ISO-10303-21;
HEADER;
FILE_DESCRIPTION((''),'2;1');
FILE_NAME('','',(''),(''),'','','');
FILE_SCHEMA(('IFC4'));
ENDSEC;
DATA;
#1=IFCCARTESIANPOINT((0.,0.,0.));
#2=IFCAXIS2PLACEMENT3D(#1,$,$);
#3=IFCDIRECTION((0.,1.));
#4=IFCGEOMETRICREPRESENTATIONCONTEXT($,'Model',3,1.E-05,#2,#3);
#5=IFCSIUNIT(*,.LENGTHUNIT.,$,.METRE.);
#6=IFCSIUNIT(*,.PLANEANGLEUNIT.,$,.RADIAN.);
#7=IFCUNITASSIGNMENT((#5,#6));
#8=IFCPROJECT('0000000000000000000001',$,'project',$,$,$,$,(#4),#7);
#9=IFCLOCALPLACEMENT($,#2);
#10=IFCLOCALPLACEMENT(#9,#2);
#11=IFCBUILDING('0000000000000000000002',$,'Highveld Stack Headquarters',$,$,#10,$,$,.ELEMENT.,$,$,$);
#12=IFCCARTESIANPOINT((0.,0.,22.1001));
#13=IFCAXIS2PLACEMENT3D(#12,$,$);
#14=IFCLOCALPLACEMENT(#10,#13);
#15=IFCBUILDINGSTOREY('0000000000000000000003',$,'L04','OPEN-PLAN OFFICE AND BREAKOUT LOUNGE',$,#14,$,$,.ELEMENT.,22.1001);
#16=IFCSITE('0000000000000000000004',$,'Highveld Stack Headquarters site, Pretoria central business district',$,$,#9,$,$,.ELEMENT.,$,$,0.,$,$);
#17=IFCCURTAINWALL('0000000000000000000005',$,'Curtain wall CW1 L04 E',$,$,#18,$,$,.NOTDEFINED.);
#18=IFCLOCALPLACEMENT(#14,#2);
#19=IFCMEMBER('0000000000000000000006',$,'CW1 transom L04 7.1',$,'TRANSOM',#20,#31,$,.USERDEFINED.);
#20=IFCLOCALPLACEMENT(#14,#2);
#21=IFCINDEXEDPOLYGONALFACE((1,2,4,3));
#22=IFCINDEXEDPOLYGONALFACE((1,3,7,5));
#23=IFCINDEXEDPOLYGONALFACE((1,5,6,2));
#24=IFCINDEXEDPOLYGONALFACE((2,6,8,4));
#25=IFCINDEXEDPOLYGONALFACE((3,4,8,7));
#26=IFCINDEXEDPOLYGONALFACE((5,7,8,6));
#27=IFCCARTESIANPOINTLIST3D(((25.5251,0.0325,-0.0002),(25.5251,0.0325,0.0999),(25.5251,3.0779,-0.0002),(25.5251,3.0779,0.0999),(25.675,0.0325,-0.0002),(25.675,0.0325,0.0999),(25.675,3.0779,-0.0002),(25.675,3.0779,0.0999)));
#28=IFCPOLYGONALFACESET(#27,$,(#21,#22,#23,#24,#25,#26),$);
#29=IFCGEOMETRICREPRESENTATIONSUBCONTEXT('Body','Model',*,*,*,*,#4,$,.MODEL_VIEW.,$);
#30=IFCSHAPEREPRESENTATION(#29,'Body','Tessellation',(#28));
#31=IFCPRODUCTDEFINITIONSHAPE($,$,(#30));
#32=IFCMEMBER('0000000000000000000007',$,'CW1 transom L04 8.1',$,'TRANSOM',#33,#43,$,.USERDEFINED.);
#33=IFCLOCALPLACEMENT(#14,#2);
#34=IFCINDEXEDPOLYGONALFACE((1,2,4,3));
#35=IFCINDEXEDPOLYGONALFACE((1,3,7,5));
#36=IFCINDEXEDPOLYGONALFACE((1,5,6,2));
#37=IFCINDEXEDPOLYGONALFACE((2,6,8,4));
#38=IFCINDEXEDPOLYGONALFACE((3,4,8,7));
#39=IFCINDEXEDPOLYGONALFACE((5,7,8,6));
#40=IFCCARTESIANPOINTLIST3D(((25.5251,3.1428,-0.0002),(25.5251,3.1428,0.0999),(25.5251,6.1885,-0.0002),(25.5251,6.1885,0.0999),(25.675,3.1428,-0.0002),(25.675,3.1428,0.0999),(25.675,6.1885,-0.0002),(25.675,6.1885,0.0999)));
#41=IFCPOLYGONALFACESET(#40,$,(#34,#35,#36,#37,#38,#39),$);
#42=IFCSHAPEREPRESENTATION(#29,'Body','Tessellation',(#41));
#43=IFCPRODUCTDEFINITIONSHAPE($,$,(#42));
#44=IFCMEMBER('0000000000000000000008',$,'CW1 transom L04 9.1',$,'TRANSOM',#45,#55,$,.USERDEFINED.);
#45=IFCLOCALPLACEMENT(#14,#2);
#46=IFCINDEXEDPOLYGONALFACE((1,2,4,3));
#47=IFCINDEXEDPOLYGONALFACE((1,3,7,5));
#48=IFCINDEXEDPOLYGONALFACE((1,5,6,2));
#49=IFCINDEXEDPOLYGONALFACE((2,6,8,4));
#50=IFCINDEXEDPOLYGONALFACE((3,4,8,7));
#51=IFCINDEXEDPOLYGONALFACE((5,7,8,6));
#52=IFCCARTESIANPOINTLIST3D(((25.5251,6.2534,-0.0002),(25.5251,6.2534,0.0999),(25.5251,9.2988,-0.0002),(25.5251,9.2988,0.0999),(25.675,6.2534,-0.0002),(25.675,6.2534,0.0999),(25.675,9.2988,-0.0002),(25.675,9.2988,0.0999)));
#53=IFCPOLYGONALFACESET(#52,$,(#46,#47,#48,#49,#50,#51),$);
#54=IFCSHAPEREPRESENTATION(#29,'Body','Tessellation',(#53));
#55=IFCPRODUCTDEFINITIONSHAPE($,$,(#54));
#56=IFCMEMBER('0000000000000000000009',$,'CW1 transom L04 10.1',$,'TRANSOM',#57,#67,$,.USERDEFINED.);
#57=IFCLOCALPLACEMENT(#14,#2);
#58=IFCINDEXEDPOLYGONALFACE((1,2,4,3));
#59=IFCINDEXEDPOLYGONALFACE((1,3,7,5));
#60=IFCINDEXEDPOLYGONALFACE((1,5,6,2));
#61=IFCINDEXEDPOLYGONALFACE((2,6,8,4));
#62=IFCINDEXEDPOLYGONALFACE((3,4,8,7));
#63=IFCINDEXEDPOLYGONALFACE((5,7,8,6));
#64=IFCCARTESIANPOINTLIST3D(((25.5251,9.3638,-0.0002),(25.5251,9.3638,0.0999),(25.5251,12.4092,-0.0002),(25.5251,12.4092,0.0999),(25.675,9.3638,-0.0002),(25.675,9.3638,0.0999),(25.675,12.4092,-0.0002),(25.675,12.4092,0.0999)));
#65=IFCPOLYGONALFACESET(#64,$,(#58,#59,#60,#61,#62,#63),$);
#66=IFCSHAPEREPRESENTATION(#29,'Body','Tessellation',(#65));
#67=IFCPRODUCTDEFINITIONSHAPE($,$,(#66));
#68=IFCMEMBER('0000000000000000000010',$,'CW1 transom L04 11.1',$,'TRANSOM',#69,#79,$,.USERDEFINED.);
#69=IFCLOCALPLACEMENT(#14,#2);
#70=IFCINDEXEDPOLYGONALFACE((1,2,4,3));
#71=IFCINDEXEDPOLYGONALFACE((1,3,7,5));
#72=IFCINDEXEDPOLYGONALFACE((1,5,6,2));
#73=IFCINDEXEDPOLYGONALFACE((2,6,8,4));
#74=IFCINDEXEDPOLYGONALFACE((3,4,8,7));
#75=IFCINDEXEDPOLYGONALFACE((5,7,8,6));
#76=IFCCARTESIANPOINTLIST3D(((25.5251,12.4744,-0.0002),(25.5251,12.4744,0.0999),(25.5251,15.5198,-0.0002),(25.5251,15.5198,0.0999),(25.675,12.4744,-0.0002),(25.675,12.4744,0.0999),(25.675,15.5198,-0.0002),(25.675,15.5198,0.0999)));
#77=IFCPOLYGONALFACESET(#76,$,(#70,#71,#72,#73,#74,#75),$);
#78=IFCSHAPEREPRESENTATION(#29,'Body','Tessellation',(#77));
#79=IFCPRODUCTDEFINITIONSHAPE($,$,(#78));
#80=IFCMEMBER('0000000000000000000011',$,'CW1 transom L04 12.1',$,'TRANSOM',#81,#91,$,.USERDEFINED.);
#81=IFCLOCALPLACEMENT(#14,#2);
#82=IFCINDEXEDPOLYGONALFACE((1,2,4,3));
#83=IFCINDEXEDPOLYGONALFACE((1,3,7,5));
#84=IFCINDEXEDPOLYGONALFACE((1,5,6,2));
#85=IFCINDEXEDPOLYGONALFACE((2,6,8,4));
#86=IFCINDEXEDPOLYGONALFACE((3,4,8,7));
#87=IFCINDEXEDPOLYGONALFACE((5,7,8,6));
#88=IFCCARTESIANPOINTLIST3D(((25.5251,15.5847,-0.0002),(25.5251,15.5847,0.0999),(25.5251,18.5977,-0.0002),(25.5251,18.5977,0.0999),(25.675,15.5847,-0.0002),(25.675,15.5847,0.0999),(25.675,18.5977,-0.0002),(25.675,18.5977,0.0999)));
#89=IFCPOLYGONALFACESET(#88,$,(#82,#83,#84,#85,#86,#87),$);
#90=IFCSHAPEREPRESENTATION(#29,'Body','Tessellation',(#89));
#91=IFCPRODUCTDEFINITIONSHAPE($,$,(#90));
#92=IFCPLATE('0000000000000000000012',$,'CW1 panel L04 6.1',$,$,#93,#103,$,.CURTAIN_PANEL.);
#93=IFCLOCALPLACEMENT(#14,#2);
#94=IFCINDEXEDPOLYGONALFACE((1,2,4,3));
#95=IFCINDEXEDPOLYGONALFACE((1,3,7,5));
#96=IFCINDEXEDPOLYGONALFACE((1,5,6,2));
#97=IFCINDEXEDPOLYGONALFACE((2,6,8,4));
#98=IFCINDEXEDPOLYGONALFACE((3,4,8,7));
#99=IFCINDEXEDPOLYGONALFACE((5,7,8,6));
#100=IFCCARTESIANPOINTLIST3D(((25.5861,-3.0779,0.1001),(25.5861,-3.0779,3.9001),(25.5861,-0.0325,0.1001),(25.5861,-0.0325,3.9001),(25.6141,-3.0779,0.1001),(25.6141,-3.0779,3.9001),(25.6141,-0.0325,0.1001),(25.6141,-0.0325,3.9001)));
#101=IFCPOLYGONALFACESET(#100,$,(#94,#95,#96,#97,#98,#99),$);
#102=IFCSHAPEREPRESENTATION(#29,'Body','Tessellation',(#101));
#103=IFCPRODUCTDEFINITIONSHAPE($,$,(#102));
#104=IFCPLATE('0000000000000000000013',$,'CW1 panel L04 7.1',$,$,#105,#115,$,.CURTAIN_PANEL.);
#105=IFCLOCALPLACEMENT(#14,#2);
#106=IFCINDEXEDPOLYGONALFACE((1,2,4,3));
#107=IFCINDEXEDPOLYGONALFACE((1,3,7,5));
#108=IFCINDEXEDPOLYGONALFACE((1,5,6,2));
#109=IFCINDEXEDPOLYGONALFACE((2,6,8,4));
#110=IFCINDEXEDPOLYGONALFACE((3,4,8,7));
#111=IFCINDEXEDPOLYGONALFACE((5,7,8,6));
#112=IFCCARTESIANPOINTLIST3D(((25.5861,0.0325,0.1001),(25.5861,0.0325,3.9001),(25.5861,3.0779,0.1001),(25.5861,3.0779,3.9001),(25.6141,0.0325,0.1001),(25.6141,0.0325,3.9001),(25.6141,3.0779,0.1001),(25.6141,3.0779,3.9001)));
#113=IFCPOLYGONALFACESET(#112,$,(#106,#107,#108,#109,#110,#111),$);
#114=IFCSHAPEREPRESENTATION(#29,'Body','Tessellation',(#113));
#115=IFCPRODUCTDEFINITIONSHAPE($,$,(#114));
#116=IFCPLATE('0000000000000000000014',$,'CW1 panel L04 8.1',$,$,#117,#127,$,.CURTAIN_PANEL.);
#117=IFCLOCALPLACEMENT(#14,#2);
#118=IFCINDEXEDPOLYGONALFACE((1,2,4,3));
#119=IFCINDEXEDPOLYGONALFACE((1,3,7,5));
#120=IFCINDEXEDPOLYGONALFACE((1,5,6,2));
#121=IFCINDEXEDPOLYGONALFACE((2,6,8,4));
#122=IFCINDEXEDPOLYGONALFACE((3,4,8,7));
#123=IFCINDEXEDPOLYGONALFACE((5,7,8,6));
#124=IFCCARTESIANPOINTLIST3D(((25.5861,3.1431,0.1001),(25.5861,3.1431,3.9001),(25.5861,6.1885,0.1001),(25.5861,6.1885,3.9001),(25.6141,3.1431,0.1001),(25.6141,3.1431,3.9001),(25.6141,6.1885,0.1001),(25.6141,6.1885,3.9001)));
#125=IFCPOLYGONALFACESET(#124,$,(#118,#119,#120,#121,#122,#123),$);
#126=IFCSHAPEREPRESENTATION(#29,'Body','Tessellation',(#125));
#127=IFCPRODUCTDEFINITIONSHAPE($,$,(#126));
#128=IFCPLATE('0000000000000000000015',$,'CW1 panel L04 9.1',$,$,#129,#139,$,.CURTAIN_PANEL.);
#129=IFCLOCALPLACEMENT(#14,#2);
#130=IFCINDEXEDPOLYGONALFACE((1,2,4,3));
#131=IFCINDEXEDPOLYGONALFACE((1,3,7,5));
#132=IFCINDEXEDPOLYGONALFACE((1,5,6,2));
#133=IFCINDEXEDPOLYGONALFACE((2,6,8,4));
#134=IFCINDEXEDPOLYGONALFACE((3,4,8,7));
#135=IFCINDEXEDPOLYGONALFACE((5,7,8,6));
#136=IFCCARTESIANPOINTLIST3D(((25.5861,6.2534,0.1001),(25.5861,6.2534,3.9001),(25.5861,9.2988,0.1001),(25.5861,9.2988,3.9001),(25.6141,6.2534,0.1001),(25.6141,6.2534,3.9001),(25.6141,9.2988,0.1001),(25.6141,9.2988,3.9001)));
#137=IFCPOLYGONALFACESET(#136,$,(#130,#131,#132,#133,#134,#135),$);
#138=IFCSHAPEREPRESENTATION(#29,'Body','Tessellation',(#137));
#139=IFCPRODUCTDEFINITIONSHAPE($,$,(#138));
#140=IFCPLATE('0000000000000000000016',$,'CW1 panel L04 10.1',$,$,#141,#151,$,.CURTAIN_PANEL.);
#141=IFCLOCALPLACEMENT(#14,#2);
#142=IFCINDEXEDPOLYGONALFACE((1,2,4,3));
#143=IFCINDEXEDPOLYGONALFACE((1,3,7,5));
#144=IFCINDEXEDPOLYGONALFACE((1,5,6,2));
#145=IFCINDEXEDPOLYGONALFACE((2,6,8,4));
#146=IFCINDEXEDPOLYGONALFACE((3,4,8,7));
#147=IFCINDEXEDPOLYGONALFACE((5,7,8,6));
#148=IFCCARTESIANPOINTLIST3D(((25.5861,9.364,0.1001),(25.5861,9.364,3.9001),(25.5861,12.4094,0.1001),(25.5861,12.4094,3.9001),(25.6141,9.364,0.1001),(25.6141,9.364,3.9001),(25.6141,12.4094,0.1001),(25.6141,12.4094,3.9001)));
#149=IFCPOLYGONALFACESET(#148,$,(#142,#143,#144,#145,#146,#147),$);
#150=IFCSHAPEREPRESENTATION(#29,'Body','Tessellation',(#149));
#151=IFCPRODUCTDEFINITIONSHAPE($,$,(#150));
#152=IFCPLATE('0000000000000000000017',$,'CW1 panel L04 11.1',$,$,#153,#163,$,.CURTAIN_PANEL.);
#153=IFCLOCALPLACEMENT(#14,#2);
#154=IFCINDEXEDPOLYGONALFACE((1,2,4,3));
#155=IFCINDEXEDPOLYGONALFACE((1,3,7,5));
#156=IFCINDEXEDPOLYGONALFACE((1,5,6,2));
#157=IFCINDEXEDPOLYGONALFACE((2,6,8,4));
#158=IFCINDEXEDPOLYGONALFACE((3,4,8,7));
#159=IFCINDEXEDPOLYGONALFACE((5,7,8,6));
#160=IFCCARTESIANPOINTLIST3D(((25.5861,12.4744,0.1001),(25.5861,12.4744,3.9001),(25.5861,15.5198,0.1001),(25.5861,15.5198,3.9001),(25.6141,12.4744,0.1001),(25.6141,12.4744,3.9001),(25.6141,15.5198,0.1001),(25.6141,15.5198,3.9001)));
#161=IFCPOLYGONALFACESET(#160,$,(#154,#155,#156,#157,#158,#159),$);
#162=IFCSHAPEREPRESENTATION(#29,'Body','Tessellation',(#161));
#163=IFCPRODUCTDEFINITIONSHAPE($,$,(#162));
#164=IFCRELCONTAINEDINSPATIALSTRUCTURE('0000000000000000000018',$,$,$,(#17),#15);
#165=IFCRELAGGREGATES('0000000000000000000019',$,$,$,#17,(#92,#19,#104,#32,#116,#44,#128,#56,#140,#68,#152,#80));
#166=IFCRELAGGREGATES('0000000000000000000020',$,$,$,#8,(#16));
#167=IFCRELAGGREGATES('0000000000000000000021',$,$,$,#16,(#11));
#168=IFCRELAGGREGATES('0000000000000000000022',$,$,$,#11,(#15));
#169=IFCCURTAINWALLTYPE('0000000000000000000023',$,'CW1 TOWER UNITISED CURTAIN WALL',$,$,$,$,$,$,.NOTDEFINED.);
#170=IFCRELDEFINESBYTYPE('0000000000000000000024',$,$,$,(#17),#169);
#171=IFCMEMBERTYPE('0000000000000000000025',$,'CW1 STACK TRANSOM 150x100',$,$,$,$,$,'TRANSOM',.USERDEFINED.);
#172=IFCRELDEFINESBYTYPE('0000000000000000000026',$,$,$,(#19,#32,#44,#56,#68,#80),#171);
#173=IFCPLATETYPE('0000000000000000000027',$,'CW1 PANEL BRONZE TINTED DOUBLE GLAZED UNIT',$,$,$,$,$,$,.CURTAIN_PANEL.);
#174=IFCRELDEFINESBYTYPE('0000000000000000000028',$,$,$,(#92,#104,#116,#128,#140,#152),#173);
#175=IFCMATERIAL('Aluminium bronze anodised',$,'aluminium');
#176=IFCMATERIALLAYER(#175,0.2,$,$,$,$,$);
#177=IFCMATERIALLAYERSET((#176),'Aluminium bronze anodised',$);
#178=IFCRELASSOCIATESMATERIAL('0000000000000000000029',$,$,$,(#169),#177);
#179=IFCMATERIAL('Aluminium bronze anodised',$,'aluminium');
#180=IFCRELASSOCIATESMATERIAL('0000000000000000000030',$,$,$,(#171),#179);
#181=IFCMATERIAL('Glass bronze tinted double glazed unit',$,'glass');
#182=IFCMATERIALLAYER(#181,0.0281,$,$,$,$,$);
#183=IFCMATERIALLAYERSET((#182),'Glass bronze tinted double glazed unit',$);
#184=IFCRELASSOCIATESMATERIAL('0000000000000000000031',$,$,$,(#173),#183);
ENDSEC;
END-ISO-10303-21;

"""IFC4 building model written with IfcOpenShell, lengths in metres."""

from ifc_helpers import new_model, si_unit, direction, frame, origin, origin_2d, place, context, subcontext, project, spatial, rectangle, extrude, material, layer, layer_set, material_profile, profile_set, type_object, element, aggregate, save


model = new_model("IFC4")

# Units and contexts
model_context = context("Model", 3, precision=1e-05, world=origin(), true_north=direction((0.0, 1.0)))
body_context = subcontext(model_context, "Body", "Model", "MODEL_VIEW")
ifc_project = project(units=[si_unit("LENGTHUNIT", "METRE"), si_unit("PLANEANGLEUNIT", "RADIAN")], contexts=[model_context])

# Site, building, storey
site_placement = place(None, origin())
site = spatial("IfcSite", under=ifc_project, at=site_placement, Name="Highveld Stack Headquarters site, Pretoria central business district", CompositionType="ELEMENT", RefElevation=0.0)
building_placement = place(site_placement, origin())
building = spatial("IfcBuilding", under=site, at=building_placement, Name="Highveld Stack Headquarters", CompositionType="ELEMENT")
storey_placement = place(building_placement, frame((0.0, 0.0, 22.1001)))
storey = spatial("IfcBuildingStorey", under=building, at=storey_placement, Name="L04", Description="OPEN-PLAN OFFICE AND BREAKOUT LOUNGE", CompositionType="ELEMENT", Elevation=22.1001)

# Curtain wall, members, plates
ifc_material_1 = material(Name="Aluminium bronze anodised", Category="aluminium")
ifc_layer_1 = layer(ifc_material_1, 0.2)
ifc_layer_set_1 = layer_set([ifc_layer_1], Name="Aluminium bronze anodised")
curtain_wall_type = type_object("IfcCurtainWallType", Name="CW1 TOWER UNITISED CURTAIN WALL", PredefinedType="NOTDEFINED", material=ifc_layer_set_1)
curtain_wall_placement = place(storey_placement, origin())
curtain_wall = element("IfcCurtainWall", 1, at=curtain_wall_placement, inside=storey, type_object=curtain_wall_type, Name="Curtain wall CW1 L04 E", PredefinedType="NOTDEFINED")
ifc_material_2 = material(Name="Aluminium bronze anodised", Category="aluminium")
ifc_material_profile_1 = material_profile(ifc_material_2, rectangle(XDim=0.1499, YDim=0.1001, at=origin_2d()), Name="CW1 TRANSOM 150x100")
ifc_profile_set_1 = profile_set([ifc_material_profile_1], Name="Aluminium bronze anodised")
member_type_1 = type_object("IfcMemberType", Name="CW1 STACK TRANSOM 150x100", ElementType="TRANSOM", PredefinedType="USERDEFINED", material=ifc_profile_set_1)
member_1_placement = place(storey_placement, frame((25.6001, 0.0325, 0.0498), z_axis=(0.0, 1.0, 0.0), x_axis=(-1.0, 0.0, 0.0)))
member_1 = element("IfcMember", 2, at=member_1_placement, type_object=member_type_1, Name="CW1 transom L04 7.1", ObjectType="TRANSOM", PredefinedType="USERDEFINED", context=body_context, shape_type="SweptSolid", body=[
    extrude(rectangle(XDim=0.1499, YDim=0.1001, at=origin_2d()), origin(), (0.0, 0.0, 1.0), 3.0454),
])
member_2_placement = place(storey_placement, frame((25.6001, 3.1428, 0.0498), z_axis=(0.0, 1.0, 0.0), x_axis=(-1.0, 0.0, 0.0)))
member_2 = element("IfcMember", 3, at=member_2_placement, type_object=member_type_1, Name="CW1 transom L04 8.1", ObjectType="TRANSOM", PredefinedType="USERDEFINED", context=body_context, shape_type="SweptSolid", body=[
    extrude(rectangle(XDim=0.1499, YDim=0.1001, at=origin_2d()), origin(), (0.0, 0.0, 1.0), 3.0457),
])
member_3_placement = place(storey_placement, frame((25.6001, 6.2534, 0.0498), z_axis=(0.0, 1.0, 0.0), x_axis=(-1.0, 0.0, 0.0)))
member_3 = element("IfcMember", 4, at=member_3_placement, type_object=member_type_1, Name="CW1 transom L04 9.1", ObjectType="TRANSOM", PredefinedType="USERDEFINED", context=body_context, shape_type="SweptSolid", body=[
    extrude(rectangle(XDim=0.1499, YDim=0.1001, at=origin_2d()), origin(), (0.0, 0.0, 1.0), 3.0454),
])
member_4_placement = place(storey_placement, frame((25.6001, 9.3638, 0.0498), z_axis=(0.0, 1.0, 0.0), x_axis=(-1.0, 0.0, 0.0)))
member_4 = element("IfcMember", 5, at=member_4_placement, type_object=member_type_1, Name="CW1 transom L04 10.1", ObjectType="TRANSOM", PredefinedType="USERDEFINED", context=body_context, shape_type="SweptSolid", body=[
    extrude(rectangle(XDim=0.1499, YDim=0.1001, at=origin_2d()), origin(), (0.0, 0.0, 1.0), 3.0454),
])
member_5_placement = place(storey_placement, frame((25.6001, 12.4744, 0.0498), z_axis=(0.0, 1.0, 0.0), x_axis=(-1.0, 0.0, 0.0)))
member_5 = element("IfcMember", 6, at=member_5_placement, type_object=member_type_1, Name="CW1 transom L04 11.1", ObjectType="TRANSOM", PredefinedType="USERDEFINED", context=body_context, shape_type="SweptSolid", body=[
    extrude(rectangle(XDim=0.1499, YDim=0.1001, at=origin_2d()), origin(), (0.0, 0.0, 1.0), 3.0454),
])
member_6_placement = place(storey_placement, frame((25.6001, 15.5847, 0.0498), z_axis=(0.0, 1.0, 0.0), x_axis=(-1.0, 0.0, 0.0)))
member_6 = element("IfcMember", 7, at=member_6_placement, type_object=member_type_1, Name="CW1 transom L04 12.1", ObjectType="TRANSOM", PredefinedType="USERDEFINED", context=body_context, shape_type="SweptSolid", body=[
    extrude(rectangle(XDim=0.1499, YDim=0.1001, at=origin_2d()), origin(), (0.0, 0.0, 1.0), 3.0129),
])
ifc_material_3 = material(Name="Glass bronze tinted double glazed unit", Category="glass")
ifc_layer_2 = layer(ifc_material_3, 0.0281)
ifc_layer_set_2 = layer_set([ifc_layer_2], Name="Glass bronze tinted double glazed unit")
plate_type = type_object("IfcPlateType", Name="CW1 PANEL BRONZE TINTED DOUBLE GLAZED UNIT", PredefinedType="CURTAIN_PANEL", material=ifc_layer_set_2)
plate_1_placement = place(storey_placement, frame((25.6001, -1.5552, 0.1001), z_axis=(0.0, 0.0, 1.0), x_axis=(0.0, 1.0, 0.0)))
plate_1 = element("IfcPlate", 8, at=plate_1_placement, type_object=plate_type, Name="CW1 panel L04 6.1", PredefinedType="CURTAIN_PANEL", context=body_context, shape_type="SweptSolid", body=[
    extrude(rectangle(XDim=3.0454, YDim=0.0281, at=origin_2d()), origin(), (0.0, 0.0, 1.0), 3.8),
])
plate_2_placement = place(storey_placement, frame((25.6001, 1.5552, 0.1001), z_axis=(0.0, 0.0, 1.0), x_axis=(0.0, 1.0, 0.0)))
plate_2 = element("IfcPlate", 9, at=plate_2_placement, type_object=plate_type, Name="CW1 panel L04 7.1", PredefinedType="CURTAIN_PANEL", context=body_context, shape_type="SweptSolid", body=[
    extrude(rectangle(XDim=3.0454, YDim=0.0281, at=origin_2d()), origin(), (0.0, 0.0, 1.0), 3.8),
])
plate_3_placement = place(storey_placement, frame((25.6001, 4.6658, 0.1001), z_axis=(0.0, 0.0, 1.0), x_axis=(0.0, 1.0, 0.0)))
plate_3 = element("IfcPlate", 10, at=plate_3_placement, type_object=plate_type, Name="CW1 panel L04 8.1", PredefinedType="CURTAIN_PANEL", context=body_context, shape_type="SweptSolid", body=[
    extrude(rectangle(XDim=3.0454, YDim=0.0281, at=origin_2d()), origin(), (0.0, 0.0, 1.0), 3.8),
])
plate_4_placement = place(storey_placement, frame((25.6001, 7.7761, 0.1001), z_axis=(0.0, 0.0, 1.0), x_axis=(0.0, 1.0, 0.0)))
plate_4 = element("IfcPlate", 11, at=plate_4_placement, type_object=plate_type, Name="CW1 panel L04 9.1", PredefinedType="CURTAIN_PANEL", context=body_context, shape_type="SweptSolid", body=[
    extrude(rectangle(XDim=3.0454, YDim=0.0281, at=origin_2d()), origin(), (0.0, 0.0, 1.0), 3.8),
])
plate_5_placement = place(storey_placement, frame((25.6001, 10.8867, 0.1001), z_axis=(0.0, 0.0, 1.0), x_axis=(0.0, 1.0, 0.0)))
plate_5 = element("IfcPlate", 12, at=plate_5_placement, type_object=plate_type, Name="CW1 panel L04 10.1", PredefinedType="CURTAIN_PANEL", context=body_context, shape_type="SweptSolid", body=[
    extrude(rectangle(XDim=3.0454, YDim=0.0281, at=origin_2d()), origin(), (0.0, 0.0, 1.0), 3.8),
])
plate_6_placement = place(storey_placement, frame((25.6001, 13.9971, 0.1001), z_axis=(0.0, 0.0, 1.0), x_axis=(0.0, 1.0, 0.0)))
plate_6 = element("IfcPlate", 13, at=plate_6_placement, type_object=plate_type, Name="CW1 panel L04 11.1", PredefinedType="CURTAIN_PANEL", context=body_context, shape_type="SweptSolid", body=[
    extrude(rectangle(XDim=3.0454, YDim=0.0281, at=origin_2d()), origin(), (0.0, 0.0, 1.0), 3.8),
])
aggregate(curtain_wall, [plate_1, member_1, plate_2, member_2, plate_3, member_3, plate_4, member_4, plate_5, member_5, plate_6, member_6])

save(model, "model.ifc")
